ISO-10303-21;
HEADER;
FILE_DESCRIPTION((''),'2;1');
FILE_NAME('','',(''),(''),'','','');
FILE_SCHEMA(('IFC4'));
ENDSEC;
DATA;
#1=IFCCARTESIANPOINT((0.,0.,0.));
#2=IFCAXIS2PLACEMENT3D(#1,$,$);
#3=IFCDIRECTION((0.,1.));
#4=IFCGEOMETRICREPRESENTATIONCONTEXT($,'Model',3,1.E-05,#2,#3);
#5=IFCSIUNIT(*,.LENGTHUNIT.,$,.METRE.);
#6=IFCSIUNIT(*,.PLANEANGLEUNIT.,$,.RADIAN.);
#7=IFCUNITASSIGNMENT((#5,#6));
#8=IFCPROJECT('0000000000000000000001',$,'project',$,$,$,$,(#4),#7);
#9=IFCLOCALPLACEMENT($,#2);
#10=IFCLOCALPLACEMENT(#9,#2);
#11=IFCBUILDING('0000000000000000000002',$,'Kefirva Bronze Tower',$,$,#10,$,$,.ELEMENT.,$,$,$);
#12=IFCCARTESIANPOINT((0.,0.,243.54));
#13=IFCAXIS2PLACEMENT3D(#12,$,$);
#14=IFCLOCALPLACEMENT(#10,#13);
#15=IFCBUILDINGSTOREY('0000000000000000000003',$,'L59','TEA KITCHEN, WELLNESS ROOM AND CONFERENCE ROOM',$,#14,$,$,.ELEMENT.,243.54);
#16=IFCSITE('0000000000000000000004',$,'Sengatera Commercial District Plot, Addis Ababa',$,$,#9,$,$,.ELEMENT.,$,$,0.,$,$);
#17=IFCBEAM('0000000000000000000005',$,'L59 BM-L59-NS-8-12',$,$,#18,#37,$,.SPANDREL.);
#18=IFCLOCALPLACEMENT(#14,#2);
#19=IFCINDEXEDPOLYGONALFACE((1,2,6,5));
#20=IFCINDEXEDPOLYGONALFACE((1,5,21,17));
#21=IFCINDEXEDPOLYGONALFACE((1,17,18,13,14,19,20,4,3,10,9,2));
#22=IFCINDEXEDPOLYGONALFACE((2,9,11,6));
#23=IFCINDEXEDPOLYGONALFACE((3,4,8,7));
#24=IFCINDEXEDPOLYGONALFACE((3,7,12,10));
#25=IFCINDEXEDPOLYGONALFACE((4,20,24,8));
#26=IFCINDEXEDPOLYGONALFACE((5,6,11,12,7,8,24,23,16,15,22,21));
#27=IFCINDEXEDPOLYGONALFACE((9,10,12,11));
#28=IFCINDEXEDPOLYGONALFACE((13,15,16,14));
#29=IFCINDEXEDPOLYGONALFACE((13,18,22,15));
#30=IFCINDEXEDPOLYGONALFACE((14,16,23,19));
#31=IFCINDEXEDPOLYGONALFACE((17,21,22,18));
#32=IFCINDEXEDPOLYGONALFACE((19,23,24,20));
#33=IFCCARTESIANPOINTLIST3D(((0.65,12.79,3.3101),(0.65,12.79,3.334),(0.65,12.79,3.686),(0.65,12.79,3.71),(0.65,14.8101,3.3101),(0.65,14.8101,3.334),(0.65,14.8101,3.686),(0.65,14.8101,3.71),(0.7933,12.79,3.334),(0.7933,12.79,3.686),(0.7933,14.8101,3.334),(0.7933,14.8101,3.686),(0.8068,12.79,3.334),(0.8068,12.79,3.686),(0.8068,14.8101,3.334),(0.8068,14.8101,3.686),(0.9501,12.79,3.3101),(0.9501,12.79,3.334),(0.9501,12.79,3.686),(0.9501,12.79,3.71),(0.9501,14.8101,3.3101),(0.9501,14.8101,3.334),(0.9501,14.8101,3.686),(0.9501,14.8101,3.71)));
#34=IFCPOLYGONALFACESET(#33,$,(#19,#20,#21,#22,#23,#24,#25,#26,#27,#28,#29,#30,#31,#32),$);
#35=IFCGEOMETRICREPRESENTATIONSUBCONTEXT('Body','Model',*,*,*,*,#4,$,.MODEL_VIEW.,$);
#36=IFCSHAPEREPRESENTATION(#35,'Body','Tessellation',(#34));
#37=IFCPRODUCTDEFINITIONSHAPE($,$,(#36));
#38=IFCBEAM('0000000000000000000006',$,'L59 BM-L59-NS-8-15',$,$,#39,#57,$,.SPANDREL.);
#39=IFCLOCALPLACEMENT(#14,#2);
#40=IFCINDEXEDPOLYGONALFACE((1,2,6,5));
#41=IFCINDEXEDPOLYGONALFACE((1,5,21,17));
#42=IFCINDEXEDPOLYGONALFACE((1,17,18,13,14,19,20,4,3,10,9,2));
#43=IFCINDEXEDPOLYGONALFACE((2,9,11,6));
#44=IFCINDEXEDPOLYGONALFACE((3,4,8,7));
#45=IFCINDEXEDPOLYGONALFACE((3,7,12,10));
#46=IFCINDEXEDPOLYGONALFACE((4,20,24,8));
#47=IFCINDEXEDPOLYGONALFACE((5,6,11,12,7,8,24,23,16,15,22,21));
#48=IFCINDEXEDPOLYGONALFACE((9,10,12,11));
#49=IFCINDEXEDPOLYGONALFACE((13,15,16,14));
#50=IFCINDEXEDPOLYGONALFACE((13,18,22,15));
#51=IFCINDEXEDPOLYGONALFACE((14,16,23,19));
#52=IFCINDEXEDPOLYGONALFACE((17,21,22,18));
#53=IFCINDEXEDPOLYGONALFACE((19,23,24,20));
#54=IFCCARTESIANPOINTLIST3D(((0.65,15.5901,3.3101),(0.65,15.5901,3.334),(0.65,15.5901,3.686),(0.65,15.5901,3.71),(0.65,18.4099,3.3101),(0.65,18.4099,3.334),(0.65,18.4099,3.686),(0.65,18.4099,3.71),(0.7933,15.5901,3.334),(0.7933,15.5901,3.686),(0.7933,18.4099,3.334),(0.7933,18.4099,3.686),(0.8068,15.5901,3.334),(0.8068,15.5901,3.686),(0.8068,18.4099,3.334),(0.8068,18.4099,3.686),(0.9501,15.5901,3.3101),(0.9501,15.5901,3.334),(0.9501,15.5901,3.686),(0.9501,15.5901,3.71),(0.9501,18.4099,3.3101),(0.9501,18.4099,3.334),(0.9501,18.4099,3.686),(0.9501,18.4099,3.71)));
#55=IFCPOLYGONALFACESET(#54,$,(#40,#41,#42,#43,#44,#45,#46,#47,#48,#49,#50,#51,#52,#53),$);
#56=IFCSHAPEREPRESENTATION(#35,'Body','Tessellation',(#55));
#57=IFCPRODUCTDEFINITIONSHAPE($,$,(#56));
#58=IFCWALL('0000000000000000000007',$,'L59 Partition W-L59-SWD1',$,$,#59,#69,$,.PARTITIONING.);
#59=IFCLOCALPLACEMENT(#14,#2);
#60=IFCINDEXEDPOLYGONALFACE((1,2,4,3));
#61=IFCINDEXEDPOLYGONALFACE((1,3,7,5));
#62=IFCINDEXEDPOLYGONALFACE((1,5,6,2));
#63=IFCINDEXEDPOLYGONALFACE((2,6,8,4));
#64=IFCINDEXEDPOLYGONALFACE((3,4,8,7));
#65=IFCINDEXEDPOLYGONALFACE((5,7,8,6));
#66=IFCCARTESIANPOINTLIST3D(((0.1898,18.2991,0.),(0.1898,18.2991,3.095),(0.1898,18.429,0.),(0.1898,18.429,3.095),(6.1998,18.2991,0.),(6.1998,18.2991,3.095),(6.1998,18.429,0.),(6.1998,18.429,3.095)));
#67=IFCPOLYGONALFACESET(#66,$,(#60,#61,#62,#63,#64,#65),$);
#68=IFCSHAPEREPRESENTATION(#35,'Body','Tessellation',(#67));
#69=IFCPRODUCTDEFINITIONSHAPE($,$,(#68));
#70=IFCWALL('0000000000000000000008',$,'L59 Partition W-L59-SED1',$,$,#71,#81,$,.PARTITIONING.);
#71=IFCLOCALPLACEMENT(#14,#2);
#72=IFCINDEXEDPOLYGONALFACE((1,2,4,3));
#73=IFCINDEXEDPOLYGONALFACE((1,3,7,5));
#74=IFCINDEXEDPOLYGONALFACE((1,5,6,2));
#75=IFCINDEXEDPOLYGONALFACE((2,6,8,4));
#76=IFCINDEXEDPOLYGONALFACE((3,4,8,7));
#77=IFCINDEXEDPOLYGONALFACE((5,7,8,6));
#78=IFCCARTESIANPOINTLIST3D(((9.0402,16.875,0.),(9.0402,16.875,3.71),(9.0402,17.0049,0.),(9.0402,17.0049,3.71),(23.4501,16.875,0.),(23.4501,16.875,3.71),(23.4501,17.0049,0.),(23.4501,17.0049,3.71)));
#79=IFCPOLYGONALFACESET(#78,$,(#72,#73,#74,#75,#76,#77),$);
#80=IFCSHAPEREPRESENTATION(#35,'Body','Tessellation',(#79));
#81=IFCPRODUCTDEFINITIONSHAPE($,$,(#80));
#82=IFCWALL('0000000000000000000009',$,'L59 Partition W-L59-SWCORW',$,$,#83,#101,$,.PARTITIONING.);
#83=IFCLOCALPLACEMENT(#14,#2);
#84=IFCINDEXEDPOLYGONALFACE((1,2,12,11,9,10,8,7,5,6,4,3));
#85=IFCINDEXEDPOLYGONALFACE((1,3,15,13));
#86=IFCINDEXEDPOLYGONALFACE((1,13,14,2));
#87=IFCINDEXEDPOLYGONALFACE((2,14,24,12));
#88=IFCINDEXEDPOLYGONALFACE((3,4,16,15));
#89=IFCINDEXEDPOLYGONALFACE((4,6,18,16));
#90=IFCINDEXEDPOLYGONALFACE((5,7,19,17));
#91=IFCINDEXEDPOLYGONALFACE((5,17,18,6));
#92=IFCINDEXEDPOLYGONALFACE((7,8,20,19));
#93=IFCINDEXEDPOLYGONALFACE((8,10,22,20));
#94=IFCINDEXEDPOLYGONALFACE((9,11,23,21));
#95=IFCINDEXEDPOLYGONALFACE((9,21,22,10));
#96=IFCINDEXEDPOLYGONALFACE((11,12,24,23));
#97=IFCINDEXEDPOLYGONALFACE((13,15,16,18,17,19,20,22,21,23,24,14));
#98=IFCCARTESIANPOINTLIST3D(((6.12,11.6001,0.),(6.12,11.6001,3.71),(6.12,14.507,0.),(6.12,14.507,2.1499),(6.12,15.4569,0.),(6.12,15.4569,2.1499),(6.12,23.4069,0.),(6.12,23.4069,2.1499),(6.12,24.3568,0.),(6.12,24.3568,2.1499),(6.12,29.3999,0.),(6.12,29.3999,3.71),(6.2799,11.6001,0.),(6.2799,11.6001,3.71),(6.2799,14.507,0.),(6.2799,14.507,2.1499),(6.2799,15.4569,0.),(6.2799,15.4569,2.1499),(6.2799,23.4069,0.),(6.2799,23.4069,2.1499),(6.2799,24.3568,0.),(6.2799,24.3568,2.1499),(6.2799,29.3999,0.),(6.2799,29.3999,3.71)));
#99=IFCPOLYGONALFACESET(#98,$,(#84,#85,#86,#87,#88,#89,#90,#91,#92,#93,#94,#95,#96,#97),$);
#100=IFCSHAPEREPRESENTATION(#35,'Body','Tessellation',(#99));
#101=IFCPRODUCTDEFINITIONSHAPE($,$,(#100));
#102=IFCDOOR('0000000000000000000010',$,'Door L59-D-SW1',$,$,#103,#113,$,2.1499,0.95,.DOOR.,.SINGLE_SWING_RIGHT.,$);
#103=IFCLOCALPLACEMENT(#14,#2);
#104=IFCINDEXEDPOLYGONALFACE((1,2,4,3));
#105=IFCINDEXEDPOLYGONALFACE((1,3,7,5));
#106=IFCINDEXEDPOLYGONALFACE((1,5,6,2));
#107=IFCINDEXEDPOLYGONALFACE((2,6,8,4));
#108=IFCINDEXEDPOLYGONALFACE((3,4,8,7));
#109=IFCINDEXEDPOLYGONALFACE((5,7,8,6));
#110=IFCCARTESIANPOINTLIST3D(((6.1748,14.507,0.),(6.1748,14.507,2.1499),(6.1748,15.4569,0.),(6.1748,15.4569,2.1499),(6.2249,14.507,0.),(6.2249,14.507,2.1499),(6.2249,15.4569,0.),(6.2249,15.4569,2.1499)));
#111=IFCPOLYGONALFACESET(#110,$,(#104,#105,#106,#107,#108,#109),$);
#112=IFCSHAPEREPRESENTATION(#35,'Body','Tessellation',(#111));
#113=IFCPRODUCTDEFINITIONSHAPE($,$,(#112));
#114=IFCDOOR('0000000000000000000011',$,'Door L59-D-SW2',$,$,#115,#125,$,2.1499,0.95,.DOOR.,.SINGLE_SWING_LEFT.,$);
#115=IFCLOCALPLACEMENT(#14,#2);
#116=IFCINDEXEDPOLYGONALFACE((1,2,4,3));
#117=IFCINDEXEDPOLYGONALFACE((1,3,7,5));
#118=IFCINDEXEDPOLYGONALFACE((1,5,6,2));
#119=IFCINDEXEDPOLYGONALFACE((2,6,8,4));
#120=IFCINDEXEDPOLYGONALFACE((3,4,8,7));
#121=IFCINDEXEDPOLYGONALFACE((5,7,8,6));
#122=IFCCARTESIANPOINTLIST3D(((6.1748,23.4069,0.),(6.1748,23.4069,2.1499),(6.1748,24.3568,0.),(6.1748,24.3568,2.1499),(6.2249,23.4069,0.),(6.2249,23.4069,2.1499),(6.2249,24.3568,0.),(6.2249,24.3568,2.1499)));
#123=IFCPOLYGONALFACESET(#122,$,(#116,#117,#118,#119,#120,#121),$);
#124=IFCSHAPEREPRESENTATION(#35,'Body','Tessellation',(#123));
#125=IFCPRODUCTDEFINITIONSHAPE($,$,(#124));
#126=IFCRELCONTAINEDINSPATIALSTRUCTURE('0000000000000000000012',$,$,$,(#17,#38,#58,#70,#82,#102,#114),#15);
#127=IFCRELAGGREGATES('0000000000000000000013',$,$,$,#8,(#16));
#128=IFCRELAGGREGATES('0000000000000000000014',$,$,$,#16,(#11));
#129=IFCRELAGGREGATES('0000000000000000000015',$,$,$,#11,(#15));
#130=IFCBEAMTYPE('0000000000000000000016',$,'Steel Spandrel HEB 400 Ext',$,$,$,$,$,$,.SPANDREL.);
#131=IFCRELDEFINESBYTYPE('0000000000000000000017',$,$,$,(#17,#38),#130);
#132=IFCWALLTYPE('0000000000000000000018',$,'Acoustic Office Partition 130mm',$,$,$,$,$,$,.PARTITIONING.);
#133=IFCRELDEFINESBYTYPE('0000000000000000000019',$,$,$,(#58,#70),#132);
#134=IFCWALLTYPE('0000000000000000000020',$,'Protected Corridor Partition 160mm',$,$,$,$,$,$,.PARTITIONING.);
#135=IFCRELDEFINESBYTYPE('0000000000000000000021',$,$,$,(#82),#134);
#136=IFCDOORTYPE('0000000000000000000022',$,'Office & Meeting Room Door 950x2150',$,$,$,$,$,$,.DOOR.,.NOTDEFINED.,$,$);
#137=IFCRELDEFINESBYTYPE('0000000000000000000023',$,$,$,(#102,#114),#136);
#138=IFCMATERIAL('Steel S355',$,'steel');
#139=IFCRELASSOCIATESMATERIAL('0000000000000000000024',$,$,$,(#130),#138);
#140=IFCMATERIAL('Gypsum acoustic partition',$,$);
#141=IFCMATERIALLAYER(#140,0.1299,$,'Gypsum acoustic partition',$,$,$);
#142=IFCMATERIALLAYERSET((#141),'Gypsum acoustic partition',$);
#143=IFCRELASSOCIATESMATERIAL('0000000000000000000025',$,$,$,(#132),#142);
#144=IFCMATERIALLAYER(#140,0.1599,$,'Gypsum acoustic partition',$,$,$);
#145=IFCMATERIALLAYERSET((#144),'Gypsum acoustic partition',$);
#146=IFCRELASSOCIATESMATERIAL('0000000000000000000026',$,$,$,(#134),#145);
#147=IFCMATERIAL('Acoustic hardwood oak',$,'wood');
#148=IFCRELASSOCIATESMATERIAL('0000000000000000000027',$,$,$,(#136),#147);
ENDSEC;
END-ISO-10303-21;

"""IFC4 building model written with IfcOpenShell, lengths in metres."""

from ifc_helpers import new_model, si_unit, direction, frame, frame_2d, origin, origin_2d, place, context, subcontext, project, spatial, rectangle, i_section, extrude, material, layer, layer_set, material_profile, profile_set, type_object, element, fill, save


model = new_model("IFC4")

# Units and contexts
model_context = context("Model", 3, precision=1e-05, world=origin(), true_north=direction((0.0, 1.0)))
body_context = subcontext(model_context, "Body", "Model", "MODEL_VIEW")
ifc_project = project(units=[si_unit("LENGTHUNIT", "METRE"), si_unit("PLANEANGLEUNIT", "RADIAN")], contexts=[model_context])

# Site, building, storey
site_placement = place(None, origin())
site = spatial("IfcSite", under=ifc_project, at=site_placement, Name="Sengatera Commercial District Plot, Addis Ababa", CompositionType="ELEMENT", RefElevation=0.0)
building_placement = place(site_placement, origin())
building = spatial("IfcBuilding", under=site, at=building_placement, Name="Kefirva Bronze Tower", CompositionType="ELEMENT")
storey_placement = place(building_placement, frame((0.0, 0.0, 243.54)))
storey = spatial("IfcBuildingStorey", under=building, at=storey_placement, Name="L59", Description="TEA KITCHEN, WELLNESS ROOM AND CONFERENCE ROOM", CompositionType="ELEMENT", Elevation=243.54)

# Beams
ifc_material_1 = material(Name="Steel S355", Category="steel")
ifc_material_profile_1 = material_profile(ifc_material_1, i_section(OverallWidth=0.3, OverallDepth=0.3999, WebThickness=0.0134, FlangeThickness=0.0239, at=origin_2d()), Name="HEB 400")
ifc_profile_set_1 = profile_set([ifc_material_profile_1], Name="Steel S355")
beam_type_1 = type_object("IfcBeamType", Name="Steel Spandrel HEB 400 Ext", PredefinedType="SPANDREL", material=ifc_profile_set_1)
beam_1_placement = place(storey_placement, frame((0.8, 12.79, 3.51), z_axis=(0.0, 1.0, 0.0), x_axis=(-1.0, 0.0, 0.0)))
element("IfcBeam", 1, at=beam_1_placement, inside=storey, type_object=beam_type_1, Name="L59 BM-L59-NS-8-12", PredefinedType="SPANDREL", context=body_context, shape_type="SweptSolid", body=[
    extrude(i_section(OverallWidth=0.3, OverallDepth=0.3999, WebThickness=0.0134, FlangeThickness=0.0239, at=origin_2d()), origin(), (0.0, 0.0, 1.0), 2.02),
])
beam_2_placement = place(storey_placement, frame((0.8, 15.5901, 3.51), z_axis=(0.0, 1.0, 0.0), x_axis=(-1.0, 0.0, 0.0)))
element("IfcBeam", 2, at=beam_2_placement, inside=storey, type_object=beam_type_1, Name="L59 BM-L59-NS-8-15", PredefinedType="SPANDREL", context=body_context, shape_type="SweptSolid", body=[
    extrude(i_section(OverallWidth=0.3, OverallDepth=0.3999, WebThickness=0.0134, FlangeThickness=0.0239, at=origin_2d()), origin(), (0.0, 0.0, 1.0), 2.8198),
])

# Walls
ifc_material_2 = material(Name="Gypsum acoustic partition")
ifc_layer_1 = layer(ifc_material_2, 0.1299, Name="Gypsum acoustic partition")
ifc_layer_set_1 = layer_set([ifc_layer_1], Name="Gypsum acoustic partition")
wall_type_1 = type_object("IfcWallType", Name="Acoustic Office Partition 130mm", PredefinedType="PARTITIONING", material=ifc_layer_set_1)
wall_1_placement = place(storey_placement, frame((0.1899, 18.364, 0.0), z_axis=(0.0, 0.0, 1.0), x_axis=(1.0, 0.0, 0.0)))
element("IfcWall", 3, at=wall_1_placement, inside=storey, type_object=wall_type_1, Name="L59 Partition W-L59-SWD1", PredefinedType="PARTITIONING", context=body_context, shape_type="SweptSolid", body=[
    extrude(rectangle(XDim=6.01, YDim=0.1299, at=frame_2d((3.0049, 0.0))), origin(), (0.0, 0.0, 1.0), 3.095),
])
wall_2_placement = place(storey_placement, frame((9.04, 16.9399, 0.0), z_axis=(0.0, 0.0, 1.0), x_axis=(1.0, 0.0, 0.0)))
element("IfcWall", 4, at=wall_2_placement, inside=storey, type_object=wall_type_1, Name="L59 Partition W-L59-SED1", PredefinedType="PARTITIONING", context=body_context, shape_type="SweptSolid", body=[
    extrude(rectangle(XDim=14.4099, YDim=0.1299, at=frame_2d((7.2051, 0.0))), origin(), (0.0, 0.0, 1.0), 3.71),
])

# Wall, openings, doors
ifc_layer_2 = layer(ifc_material_2, 0.1599, Name="Gypsum acoustic partition")
ifc_layer_set_2 = layer_set([ifc_layer_2], Name="Gypsum acoustic partition")
wall_type_2 = type_object("IfcWallType", Name="Protected Corridor Partition 160mm", PredefinedType="PARTITIONING", material=ifc_layer_set_2)
wall_3_placement = place(storey_placement, frame((6.2, 11.6001, 0.0), z_axis=(0.0, 0.0, 1.0), x_axis=(0.0, 1.0, 0.0)))
wall_3 = element("IfcWall", 5, at=wall_3_placement, inside=storey, type_object=wall_type_2, Name="L59 Partition W-L59-SWCORW", PredefinedType="PARTITIONING", context=body_context, shape_type="SweptSolid", body=[
    extrude(rectangle(XDim=17.7998, YDim=0.1599, at=frame_2d((8.8999, 0.0))), origin(), (0.0, 0.0, 1.0), 3.71),
])
opening_1_placement = place(wall_3_placement, frame((3.8569, 0.0, 0.0), z_axis=(0.0, 0.0, 1.0), x_axis=(-1.0, 0.0, 0.0)))
opening_1 = element("IfcOpeningElement", 6, at=opening_1_placement, cuts=wall_3, PredefinedType="OPENING", context=body_context, shape_type="SweptSolid", body=[
    extrude(rectangle(XDim=0.95, YDim=2.1499, at=frame_2d((0.4751, 1.075))), frame((0.0, 0.0898, 0.0), z_axis=(0.0, -1.0, 0.0), x_axis=(1.0, 0.0, 0.0)), (0.0, 0.0, 1.0), 0.1799),
])
opening_2_placement = place(wall_3_placement, frame((12.7568, 0.0, 0.0), z_axis=(0.0, 0.0, 1.0), x_axis=(-1.0, 0.0, 0.0)))
opening_2 = element("IfcOpeningElement", 7, at=opening_2_placement, cuts=wall_3, PredefinedType="OPENING", context=body_context, shape_type="SweptSolid", body=[
    extrude(rectangle(XDim=0.95, YDim=2.1499, at=frame_2d((0.4751, 1.075))), frame((0.0, 0.0898, 0.0), z_axis=(0.0, -1.0, 0.0), x_axis=(1.0, 0.0, 0.0)), (0.0, 0.0, 1.0), 0.1799),
])
ifc_material_3 = material(Name="Acoustic hardwood oak", Category="wood")
door_type_1 = type_object("IfcDoorType", Name="Office & Meeting Room Door 950x2150", OperationType="NOTDEFINED", PredefinedType="DOOR", material=ifc_material_3)
door_1_placement = place(opening_1_placement, origin())
door_1 = element("IfcDoor", 8, at=door_1_placement, inside=storey, type_object=door_type_1, Name="Door L59-D-SW1", OperationType="SINGLE_SWING_RIGHT", OverallHeight=2.1499, OverallWidth=0.95, PredefinedType="DOOR", context=body_context, shape_type="SweptSolid", body=[
    extrude(rectangle(XDim=0.95, YDim=2.1499, at=frame_2d((0.4751, 1.075))), frame((0.0, 0.0249, 0.0), z_axis=(0.0, -1.0, 0.0), x_axis=(1.0, 0.0, 0.0)), (0.0, 0.0, 1.0), 0.05),
])
fill(opening_1, door_1)
door_2_placement = place(opening_2_placement, origin())
door_2 = element("IfcDoor", 9, at=door_2_placement, inside=storey, type_object=door_type_1, Name="Door L59-D-SW2", OperationType="SINGLE_SWING_LEFT", OverallHeight=2.1499, OverallWidth=0.95, PredefinedType="DOOR", context=body_context, shape_type="SweptSolid", body=[
    extrude(rectangle(XDim=0.95, YDim=2.1499, at=frame_2d((0.4751, 1.075))), frame((0.0, 0.0249, 0.0), z_axis=(0.0, -1.0, 0.0), x_axis=(1.0, 0.0, 0.0)), (0.0, 0.0, 1.0), 0.05),
])
fill(opening_2, door_2)

save(model, "model.ifc")
